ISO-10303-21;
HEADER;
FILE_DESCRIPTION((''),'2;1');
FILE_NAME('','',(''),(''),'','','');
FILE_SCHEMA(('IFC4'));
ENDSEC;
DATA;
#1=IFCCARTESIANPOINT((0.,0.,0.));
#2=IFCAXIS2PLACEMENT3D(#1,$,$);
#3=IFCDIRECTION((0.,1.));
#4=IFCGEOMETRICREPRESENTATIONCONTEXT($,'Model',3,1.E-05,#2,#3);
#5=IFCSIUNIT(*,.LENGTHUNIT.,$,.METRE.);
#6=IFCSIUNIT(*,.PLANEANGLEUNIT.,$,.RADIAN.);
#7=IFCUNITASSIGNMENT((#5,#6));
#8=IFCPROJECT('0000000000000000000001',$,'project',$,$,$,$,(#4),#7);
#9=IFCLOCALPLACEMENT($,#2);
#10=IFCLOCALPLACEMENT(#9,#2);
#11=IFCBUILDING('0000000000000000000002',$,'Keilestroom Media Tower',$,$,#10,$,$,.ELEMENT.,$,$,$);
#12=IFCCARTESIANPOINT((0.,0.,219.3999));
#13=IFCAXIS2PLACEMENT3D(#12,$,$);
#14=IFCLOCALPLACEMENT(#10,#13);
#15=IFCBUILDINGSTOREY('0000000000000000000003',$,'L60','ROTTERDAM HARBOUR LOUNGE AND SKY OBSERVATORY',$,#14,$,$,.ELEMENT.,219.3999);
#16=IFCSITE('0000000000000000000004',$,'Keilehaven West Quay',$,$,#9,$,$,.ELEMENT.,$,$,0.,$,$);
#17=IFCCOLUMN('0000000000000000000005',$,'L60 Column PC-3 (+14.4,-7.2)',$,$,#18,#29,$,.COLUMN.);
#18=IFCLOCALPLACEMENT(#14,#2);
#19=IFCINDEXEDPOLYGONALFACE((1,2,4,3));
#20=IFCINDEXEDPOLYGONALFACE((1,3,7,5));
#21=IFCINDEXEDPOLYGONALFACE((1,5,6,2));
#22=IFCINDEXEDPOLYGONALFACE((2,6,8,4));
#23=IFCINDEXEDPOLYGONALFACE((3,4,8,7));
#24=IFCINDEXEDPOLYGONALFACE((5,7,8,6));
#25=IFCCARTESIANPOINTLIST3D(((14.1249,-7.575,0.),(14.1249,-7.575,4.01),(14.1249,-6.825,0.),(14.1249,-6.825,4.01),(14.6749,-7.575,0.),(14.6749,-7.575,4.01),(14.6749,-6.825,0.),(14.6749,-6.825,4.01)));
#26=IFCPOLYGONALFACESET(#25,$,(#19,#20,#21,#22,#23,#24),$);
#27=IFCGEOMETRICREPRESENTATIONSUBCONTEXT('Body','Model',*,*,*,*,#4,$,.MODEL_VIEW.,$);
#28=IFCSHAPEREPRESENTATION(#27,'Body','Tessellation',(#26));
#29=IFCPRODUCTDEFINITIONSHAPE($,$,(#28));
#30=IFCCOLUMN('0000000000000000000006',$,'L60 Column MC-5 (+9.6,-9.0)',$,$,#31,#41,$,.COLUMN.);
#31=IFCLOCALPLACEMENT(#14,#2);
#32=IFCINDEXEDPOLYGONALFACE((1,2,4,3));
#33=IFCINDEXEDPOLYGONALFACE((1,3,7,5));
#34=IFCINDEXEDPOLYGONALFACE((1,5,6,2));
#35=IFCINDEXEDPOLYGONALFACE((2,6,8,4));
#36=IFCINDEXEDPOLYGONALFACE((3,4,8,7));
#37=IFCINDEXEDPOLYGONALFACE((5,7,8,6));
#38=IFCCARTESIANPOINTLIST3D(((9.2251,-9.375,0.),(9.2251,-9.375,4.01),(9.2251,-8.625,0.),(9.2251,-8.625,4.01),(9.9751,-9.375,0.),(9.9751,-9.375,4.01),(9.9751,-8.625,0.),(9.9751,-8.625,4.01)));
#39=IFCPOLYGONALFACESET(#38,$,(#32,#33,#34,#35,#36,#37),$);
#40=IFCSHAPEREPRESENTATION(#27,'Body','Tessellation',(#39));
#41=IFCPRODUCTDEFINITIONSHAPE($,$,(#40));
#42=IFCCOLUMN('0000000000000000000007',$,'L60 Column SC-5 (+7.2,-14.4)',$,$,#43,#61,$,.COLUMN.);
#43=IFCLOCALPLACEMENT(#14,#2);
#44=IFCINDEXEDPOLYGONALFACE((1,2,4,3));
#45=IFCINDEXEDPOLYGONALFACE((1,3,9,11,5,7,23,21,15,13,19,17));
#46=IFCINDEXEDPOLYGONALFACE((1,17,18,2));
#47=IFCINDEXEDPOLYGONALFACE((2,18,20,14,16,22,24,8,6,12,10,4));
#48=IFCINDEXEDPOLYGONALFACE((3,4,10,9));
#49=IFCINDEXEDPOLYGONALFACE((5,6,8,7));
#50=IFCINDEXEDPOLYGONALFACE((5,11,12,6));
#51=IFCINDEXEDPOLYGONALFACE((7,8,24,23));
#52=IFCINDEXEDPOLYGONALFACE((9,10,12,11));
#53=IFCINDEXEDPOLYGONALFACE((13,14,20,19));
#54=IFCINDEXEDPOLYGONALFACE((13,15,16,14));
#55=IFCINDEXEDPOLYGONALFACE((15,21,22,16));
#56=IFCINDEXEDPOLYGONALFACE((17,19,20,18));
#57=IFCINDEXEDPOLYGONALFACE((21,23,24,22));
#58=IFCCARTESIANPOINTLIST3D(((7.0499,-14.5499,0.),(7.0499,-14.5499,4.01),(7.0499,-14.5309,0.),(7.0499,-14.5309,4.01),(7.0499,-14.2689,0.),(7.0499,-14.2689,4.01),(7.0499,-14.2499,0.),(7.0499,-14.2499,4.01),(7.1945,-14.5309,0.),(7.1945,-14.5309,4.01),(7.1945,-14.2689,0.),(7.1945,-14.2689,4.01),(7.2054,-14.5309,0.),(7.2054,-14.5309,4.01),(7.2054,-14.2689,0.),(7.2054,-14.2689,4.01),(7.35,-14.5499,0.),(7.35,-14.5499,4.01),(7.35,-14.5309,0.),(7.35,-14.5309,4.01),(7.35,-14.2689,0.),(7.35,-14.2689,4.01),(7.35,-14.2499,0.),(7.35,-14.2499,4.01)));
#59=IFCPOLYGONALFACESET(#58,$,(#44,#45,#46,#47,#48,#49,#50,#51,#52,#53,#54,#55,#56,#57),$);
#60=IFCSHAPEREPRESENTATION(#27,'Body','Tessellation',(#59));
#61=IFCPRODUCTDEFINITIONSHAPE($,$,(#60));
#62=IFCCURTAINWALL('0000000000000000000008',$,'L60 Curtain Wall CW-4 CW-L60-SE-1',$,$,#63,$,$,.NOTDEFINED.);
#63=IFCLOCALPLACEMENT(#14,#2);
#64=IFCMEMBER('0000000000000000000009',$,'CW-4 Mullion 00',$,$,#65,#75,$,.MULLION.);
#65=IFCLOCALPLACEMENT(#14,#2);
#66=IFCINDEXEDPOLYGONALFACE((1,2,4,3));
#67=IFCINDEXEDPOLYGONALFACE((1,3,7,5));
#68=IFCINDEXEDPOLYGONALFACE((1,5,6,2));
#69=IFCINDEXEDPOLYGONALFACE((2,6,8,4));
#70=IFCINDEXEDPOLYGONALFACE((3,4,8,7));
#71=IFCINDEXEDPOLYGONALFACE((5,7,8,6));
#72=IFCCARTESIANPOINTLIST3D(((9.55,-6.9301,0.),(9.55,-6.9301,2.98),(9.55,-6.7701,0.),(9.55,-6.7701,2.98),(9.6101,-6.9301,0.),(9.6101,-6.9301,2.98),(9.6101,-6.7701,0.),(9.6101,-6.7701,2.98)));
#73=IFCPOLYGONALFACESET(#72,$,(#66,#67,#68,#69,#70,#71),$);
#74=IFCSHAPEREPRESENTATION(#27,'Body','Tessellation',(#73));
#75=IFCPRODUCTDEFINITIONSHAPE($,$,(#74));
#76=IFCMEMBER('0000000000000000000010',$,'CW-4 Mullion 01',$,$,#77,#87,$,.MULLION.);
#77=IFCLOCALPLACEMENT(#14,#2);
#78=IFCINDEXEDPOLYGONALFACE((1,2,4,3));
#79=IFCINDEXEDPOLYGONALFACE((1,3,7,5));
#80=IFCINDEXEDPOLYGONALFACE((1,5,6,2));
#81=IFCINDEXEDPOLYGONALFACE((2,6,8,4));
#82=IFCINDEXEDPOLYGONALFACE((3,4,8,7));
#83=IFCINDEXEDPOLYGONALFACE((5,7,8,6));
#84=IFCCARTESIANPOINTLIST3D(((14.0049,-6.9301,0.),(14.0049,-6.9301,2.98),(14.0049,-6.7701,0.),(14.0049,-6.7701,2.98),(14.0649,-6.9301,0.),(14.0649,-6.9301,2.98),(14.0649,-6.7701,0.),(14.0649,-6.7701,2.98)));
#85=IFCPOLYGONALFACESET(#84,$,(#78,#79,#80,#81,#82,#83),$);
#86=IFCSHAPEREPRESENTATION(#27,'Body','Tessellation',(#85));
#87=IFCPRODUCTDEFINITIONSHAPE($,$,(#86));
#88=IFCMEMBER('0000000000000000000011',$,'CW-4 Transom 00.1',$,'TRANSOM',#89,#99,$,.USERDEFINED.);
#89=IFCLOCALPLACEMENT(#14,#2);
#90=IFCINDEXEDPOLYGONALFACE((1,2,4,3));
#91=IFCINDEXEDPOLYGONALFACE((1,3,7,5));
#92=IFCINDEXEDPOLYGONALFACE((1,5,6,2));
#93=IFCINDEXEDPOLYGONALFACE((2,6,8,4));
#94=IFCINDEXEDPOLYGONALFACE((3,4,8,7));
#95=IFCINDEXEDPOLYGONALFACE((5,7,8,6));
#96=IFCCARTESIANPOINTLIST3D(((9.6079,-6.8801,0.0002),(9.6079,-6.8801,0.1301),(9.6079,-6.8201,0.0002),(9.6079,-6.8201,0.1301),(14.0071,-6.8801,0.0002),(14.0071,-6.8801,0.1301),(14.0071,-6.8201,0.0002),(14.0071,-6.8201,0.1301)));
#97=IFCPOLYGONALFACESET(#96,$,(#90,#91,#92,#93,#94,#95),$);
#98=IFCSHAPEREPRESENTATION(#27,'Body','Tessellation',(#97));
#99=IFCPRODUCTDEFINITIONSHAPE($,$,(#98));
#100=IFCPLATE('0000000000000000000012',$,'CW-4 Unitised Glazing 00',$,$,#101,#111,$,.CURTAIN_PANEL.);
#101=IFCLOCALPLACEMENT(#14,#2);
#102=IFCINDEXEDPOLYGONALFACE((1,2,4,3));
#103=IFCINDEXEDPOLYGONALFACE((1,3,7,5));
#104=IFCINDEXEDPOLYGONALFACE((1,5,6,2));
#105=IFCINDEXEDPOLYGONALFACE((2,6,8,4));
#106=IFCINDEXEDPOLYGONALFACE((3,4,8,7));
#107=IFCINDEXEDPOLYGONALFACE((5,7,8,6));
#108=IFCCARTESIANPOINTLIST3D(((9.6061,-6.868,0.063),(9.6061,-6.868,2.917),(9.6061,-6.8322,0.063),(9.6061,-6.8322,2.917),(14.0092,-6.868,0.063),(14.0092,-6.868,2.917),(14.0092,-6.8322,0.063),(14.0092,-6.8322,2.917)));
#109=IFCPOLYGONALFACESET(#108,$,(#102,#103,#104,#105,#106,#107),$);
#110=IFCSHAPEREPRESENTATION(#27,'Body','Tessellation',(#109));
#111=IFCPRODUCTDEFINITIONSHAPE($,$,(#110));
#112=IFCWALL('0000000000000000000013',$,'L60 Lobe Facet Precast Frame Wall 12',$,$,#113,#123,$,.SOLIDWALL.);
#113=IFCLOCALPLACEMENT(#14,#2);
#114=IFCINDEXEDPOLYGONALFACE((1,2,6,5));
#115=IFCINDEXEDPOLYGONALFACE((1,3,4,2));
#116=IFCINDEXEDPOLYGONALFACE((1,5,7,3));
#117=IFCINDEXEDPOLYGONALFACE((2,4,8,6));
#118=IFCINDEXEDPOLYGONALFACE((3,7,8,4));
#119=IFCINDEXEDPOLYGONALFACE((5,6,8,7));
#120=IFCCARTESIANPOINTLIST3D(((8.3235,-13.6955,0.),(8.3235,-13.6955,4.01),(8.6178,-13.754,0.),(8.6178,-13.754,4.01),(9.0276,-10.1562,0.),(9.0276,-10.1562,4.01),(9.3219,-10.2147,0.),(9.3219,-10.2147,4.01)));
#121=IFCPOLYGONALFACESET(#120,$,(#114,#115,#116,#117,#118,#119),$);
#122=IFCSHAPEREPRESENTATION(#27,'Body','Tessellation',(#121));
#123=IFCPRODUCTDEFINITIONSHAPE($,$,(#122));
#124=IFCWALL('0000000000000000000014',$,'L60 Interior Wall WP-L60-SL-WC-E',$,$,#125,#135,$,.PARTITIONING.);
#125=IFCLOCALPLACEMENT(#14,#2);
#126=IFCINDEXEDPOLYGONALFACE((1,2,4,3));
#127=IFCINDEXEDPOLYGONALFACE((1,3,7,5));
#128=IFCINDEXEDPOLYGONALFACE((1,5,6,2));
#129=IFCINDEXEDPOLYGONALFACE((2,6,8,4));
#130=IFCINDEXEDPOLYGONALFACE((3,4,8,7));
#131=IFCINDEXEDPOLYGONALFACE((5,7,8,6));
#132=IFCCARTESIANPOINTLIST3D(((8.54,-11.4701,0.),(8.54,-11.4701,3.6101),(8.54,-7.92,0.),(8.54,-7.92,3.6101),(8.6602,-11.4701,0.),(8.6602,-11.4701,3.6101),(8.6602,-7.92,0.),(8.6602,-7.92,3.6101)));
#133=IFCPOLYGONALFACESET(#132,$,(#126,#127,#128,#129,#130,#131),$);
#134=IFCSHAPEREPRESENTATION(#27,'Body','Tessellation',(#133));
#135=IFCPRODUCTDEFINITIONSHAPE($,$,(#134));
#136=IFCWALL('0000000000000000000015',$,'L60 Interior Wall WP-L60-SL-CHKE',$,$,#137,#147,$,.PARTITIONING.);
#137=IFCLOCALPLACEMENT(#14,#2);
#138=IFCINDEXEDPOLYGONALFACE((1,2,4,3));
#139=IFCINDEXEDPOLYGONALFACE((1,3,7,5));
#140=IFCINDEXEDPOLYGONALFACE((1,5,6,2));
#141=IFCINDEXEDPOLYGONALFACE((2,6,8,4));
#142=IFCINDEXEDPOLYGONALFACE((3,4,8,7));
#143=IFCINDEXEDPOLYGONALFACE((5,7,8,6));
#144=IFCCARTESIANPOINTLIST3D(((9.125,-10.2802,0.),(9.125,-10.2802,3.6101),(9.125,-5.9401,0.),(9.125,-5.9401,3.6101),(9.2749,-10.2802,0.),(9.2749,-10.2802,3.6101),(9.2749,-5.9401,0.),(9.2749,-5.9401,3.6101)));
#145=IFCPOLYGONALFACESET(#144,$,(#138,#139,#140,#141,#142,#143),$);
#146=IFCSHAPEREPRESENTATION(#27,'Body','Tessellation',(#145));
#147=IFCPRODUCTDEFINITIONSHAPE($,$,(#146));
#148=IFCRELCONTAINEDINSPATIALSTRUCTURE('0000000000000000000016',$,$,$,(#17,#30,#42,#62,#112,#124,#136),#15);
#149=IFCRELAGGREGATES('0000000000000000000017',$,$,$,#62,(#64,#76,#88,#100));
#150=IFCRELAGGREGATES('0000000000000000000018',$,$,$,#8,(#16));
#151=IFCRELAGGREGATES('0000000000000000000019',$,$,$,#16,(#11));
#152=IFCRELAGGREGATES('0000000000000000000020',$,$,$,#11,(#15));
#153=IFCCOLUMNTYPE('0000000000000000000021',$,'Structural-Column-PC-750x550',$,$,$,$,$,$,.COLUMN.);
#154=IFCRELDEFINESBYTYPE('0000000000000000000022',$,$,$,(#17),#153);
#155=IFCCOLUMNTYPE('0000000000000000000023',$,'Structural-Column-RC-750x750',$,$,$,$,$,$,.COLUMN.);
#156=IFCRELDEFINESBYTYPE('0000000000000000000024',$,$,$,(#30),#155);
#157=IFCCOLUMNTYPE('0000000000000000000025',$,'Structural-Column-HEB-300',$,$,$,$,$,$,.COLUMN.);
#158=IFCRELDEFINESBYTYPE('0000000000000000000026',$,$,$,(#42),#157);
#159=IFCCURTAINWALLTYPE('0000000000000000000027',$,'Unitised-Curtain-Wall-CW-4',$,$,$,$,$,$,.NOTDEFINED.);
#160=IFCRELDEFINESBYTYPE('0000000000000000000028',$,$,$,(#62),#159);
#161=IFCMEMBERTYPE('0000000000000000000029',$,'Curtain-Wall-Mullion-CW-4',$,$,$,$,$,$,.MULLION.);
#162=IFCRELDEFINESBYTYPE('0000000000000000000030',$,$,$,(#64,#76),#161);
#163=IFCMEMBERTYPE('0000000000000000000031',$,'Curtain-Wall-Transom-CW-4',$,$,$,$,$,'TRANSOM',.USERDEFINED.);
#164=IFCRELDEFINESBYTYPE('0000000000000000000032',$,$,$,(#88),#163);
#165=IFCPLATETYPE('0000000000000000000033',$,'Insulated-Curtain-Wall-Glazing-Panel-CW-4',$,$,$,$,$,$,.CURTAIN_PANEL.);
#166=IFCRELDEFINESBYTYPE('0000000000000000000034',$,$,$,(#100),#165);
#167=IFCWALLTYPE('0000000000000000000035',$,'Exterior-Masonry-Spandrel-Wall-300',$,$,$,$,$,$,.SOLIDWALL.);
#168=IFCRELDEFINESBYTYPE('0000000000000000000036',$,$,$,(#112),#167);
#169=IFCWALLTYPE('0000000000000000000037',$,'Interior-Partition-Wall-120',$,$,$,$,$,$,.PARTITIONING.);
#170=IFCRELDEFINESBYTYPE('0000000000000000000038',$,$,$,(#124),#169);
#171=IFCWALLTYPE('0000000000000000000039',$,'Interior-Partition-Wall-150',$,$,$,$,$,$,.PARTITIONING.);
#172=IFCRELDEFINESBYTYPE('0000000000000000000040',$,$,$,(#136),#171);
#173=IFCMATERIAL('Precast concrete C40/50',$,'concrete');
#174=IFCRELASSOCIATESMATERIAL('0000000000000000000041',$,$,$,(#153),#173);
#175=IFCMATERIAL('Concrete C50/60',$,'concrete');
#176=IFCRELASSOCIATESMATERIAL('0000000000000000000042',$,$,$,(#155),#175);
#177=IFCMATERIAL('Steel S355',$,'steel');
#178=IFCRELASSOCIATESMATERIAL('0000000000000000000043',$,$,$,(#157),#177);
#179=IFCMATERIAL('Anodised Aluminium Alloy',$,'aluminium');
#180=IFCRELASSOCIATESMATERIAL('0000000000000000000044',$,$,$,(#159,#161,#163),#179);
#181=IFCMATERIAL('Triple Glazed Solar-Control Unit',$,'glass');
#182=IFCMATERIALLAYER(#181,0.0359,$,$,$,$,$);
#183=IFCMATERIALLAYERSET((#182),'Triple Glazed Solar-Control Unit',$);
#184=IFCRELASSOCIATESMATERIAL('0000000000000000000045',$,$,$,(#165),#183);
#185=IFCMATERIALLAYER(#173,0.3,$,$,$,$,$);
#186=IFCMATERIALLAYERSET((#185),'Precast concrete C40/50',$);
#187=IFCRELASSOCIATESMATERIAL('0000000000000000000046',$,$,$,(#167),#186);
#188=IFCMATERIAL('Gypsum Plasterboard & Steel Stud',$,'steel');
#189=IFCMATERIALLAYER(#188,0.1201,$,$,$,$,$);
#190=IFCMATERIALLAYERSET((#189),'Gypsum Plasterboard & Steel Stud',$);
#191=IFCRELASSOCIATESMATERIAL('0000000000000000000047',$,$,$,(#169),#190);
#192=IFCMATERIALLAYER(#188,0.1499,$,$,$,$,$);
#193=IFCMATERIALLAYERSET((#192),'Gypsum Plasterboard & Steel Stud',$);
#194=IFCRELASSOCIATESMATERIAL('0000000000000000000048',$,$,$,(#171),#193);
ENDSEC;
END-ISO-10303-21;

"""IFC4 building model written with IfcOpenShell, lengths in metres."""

from ifc_helpers import new_model, si_unit, direction, frame, frame_2d, origin, origin_2d, place, context, subcontext, project, spatial, rectangle, i_section, extrude, source, transform, mapped, material, layer, layer_set, material_profile, profile_set, type_object, element, aggregate, save


model = new_model("IFC4")

# Units and contexts
model_context = context("Model", 3, precision=1e-05, world=origin(), true_north=direction((0.0, 1.0)))
body_context = subcontext(model_context, "Body", "Model", "MODEL_VIEW")
ifc_project = project(units=[si_unit("LENGTHUNIT", "METRE"), si_unit("PLANEANGLEUNIT", "RADIAN")], contexts=[model_context])

# Site, building, storey
site_placement = place(None, origin())
site = spatial("IfcSite", under=ifc_project, at=site_placement, Name="Keilehaven West Quay", CompositionType="ELEMENT", RefElevation=0.0)
building_placement = place(site_placement, origin())
building = spatial("IfcBuilding", under=site, at=building_placement, Name="Keilestroom Media Tower", CompositionType="ELEMENT")
storey_placement = place(building_placement, frame((0.0, 0.0, 219.3999)))
storey = spatial("IfcBuildingStorey", under=building, at=storey_placement, Name="L60", Description="ROTTERDAM HARBOUR LOUNGE AND SKY OBSERVATORY", CompositionType="ELEMENT", Elevation=219.3999)

# Columns
ifc_material_1 = material(Name="Precast concrete C40/50", Category="concrete")
ifc_material_profile_1 = material_profile(ifc_material_1, rectangle(XDim=0.55, YDim=0.75, at=origin_2d()), Name="PC 750x550")
ifc_profile_set_1 = profile_set([ifc_material_profile_1], Name="Precast concrete C40/50")
column_type_1 = type_object("IfcColumnType", Name="Structural-Column-PC-750x550", PredefinedType="COLUMN", material=ifc_profile_set_1)
shared_shape_1 = source(origin(), body_context, "Body", "SweptSolid", [
    extrude(rectangle(XDim=0.55, YDim=0.75, at=origin_2d()), origin(), (0.0, 0.0, 1.0), 4.01),
])
column_1_placement = place(storey_placement, frame((14.3999, -7.2, 0.0), z_axis=(0.0, 0.0, 1.0), x_axis=(1.0, 0.0, 0.0)))
element("IfcColumn", 1, at=column_1_placement, inside=storey, type_object=column_type_1, Name="L60 Column PC-3 (+14.4,-7.2)", PredefinedType="COLUMN", context=body_context, shape_type="MappedRepresentation", body=[
    mapped(shared_shape_1, transform((0.0, 0.0, 0.0), x_axis=(1.0, 0.0, 0.0), y_axis=(0.0, 1.0, 0.0), z_axis=(0.0, 0.0, 1.0), scale=1.0)),
])
ifc_material_2 = material(Name="Concrete C50/60", Category="concrete")
ifc_material_profile_2 = material_profile(ifc_material_2, rectangle(XDim=0.75, YDim=0.75, at=origin_2d()), Name="RC 750x750")
ifc_profile_set_2 = profile_set([ifc_material_profile_2], Name="Concrete C50/60")
column_type_2 = type_object("IfcColumnType", Name="Structural-Column-RC-750x750", PredefinedType="COLUMN", material=ifc_profile_set_2)
shared_shape_2 = source(origin(), body_context, "Body", "SweptSolid", [
    extrude(rectangle(XDim=0.75, YDim=0.75, at=origin_2d()), origin(), (0.0, 0.0, 1.0), 4.01),
])
column_2_placement = place(storey_placement, frame((9.6001, -9.0, 0.0), z_axis=(0.0, 0.0, 1.0), x_axis=(1.0, 0.0, 0.0)))
element("IfcColumn", 2, at=column_2_placement, inside=storey, type_object=column_type_2, Name="L60 Column MC-5 (+9.6,-9.0)", PredefinedType="COLUMN", context=body_context, shape_type="MappedRepresentation", body=[
    mapped(shared_shape_2, transform((0.0, 0.0, 0.0), x_axis=(1.0, 0.0, 0.0), y_axis=(0.0, 1.0, 0.0), z_axis=(0.0, 0.0, 1.0), scale=1.0)),
])
ifc_material_3 = material(Name="Steel S355", Category="steel")
ifc_material_profile_3 = material_profile(ifc_material_3, i_section(OverallWidth=0.3, OverallDepth=0.3, WebThickness=0.011, FlangeThickness=0.019, at=origin_2d()), Name="HEB 300")
ifc_profile_set_3 = profile_set([ifc_material_profile_3], Name="Steel S355")
column_type_3 = type_object("IfcColumnType", Name="Structural-Column-HEB-300", PredefinedType="COLUMN", material=ifc_profile_set_3)
shared_shape_3 = source(origin(), body_context, "Body", "SweptSolid", [
    extrude(i_section(OverallWidth=0.3, OverallDepth=0.3, WebThickness=0.011, FlangeThickness=0.019, at=origin_2d()), origin(), (0.0, 0.0, 1.0), 4.01),
])
column_3_placement = place(storey_placement, frame((7.2, -14.3999, 0.0), z_axis=(0.0, 0.0, 1.0), x_axis=(1.0, 0.0, 0.0)))
element("IfcColumn", 3, at=column_3_placement, inside=storey, type_object=column_type_3, Name="L60 Column SC-5 (+7.2,-14.4)", PredefinedType="COLUMN", context=body_context, shape_type="MappedRepresentation", body=[
    mapped(shared_shape_3, transform((0.0, 0.0, 0.0), x_axis=(1.0, 0.0, 0.0), y_axis=(0.0, 1.0, 0.0), z_axis=(0.0, 0.0, 1.0), scale=1.0)),
])

# Curtain wall, members, plate
ifc_material_4 = material(Name="Anodised Aluminium Alloy", Category="aluminium")
curtain_wall_type = type_object("IfcCurtainWallType", Name="Unitised-Curtain-Wall-CW-4", PredefinedType="NOTDEFINED", material=ifc_material_4)
curtain_wall_placement = place(storey_placement, origin())
curtain_wall = element("IfcCurtainWall", 4, at=curtain_wall_placement, inside=storey, type_object=curtain_wall_type, Name="L60 Curtain Wall CW-4 CW-L60-SE-1", PredefinedType="NOTDEFINED")
ifc_material_profile_4 = material_profile(ifc_material_4, rectangle(XDim=0.0601, YDim=0.1599, at=origin_2d()), Name="ALU MULLION 60x160")
ifc_profile_set_4 = profile_set([ifc_material_profile_4], Name="Anodised Aluminium Alloy")
member_type_1 = type_object("IfcMemberType", Name="Curtain-Wall-Mullion-CW-4", PredefinedType="MULLION", material=ifc_profile_set_4)
shared_shape_4 = source(origin(), body_context, "Body", "SweptSolid", [
    extrude(rectangle(XDim=0.0601, YDim=0.1599, at=origin_2d()), origin(), (0.0, 0.0, 1.0), 2.98),
])
member_1_placement = place(storey_placement, frame((9.5801, -6.8501, 0.0), z_axis=(0.0, 0.0, 1.0), x_axis=(1.0, 0.0, 0.0)))
member_1 = element("IfcMember", 5, at=member_1_placement, type_object=member_type_1, Name="CW-4 Mullion 00", PredefinedType="MULLION", context=body_context, shape_type="MappedRepresentation", body=[
    mapped(shared_shape_4, transform((0.0, 0.0, 0.0), x_axis=(1.0, 0.0, 0.0), y_axis=(0.0, 1.0, 0.0), z_axis=(0.0, 0.0, 1.0), scale=1.0)),
])
member_2_placement = place(storey_placement, frame((14.0349, -6.8501, 0.0), z_axis=(0.0, 0.0, 1.0), x_axis=(1.0, 0.0, 0.0)))
member_2 = element("IfcMember", 6, at=member_2_placement, type_object=member_type_1, Name="CW-4 Mullion 01", PredefinedType="MULLION", context=body_context, shape_type="MappedRepresentation", body=[
    mapped(shared_shape_4, transform((0.0, 0.0, 0.0), x_axis=(1.0, 0.0, 0.0), y_axis=(0.0, 1.0, 0.0), z_axis=(0.0, 0.0, 1.0), scale=1.0)),
])
ifc_material_profile_5 = material_profile(ifc_material_4, rectangle(XDim=0.0601, YDim=0.1299, at=origin_2d()), Name="ALU TRANSOM 60x130")
ifc_profile_set_5 = profile_set([ifc_material_profile_5], Name="Anodised Aluminium Alloy")
member_type_2 = type_object("IfcMemberType", Name="Curtain-Wall-Transom-CW-4", ElementType="TRANSOM", PredefinedType="USERDEFINED", material=ifc_profile_set_5)
shared_shape_5 = source(origin(), body_context, "Body", "SweptSolid", [
    extrude(rectangle(XDim=0.0601, YDim=0.1299, at=origin_2d()), origin(), (0.0, 0.0, 1.0), 4.3992),
])
member_3_placement = place(storey_placement, frame((9.6079, -6.8501, 0.0652), z_axis=(1.0, 0.0, 0.0), x_axis=(0.0, 1.0, 0.0)))
member_3 = element("IfcMember", 7, at=member_3_placement, type_object=member_type_2, Name="CW-4 Transom 00.1", ObjectType="TRANSOM", PredefinedType="USERDEFINED", context=body_context, shape_type="MappedRepresentation", body=[
    mapped(shared_shape_5, transform((0.0, 0.0, 0.0), x_axis=(1.0, 0.0, 0.0), y_axis=(0.0, 1.0, 0.0), z_axis=(0.0, 0.0, 1.0), scale=1.0)),
])
ifc_material_5 = material(Name="Triple Glazed Solar-Control Unit", Category="glass")
ifc_layer_1 = layer(ifc_material_5, 0.0359)
ifc_layer_set_1 = layer_set([ifc_layer_1], Name="Triple Glazed Solar-Control Unit")
plate_type = type_object("IfcPlateType", Name="Insulated-Curtain-Wall-Glazing-Panel-CW-4", PredefinedType="CURTAIN_PANEL", material=ifc_layer_set_1)
shared_shape_6 = source(origin(), body_context, "Body", "SweptSolid", [
    extrude(rectangle(XDim=4.4031, YDim=0.0359, at=origin_2d()), origin(), (0.0, 0.0, 1.0), 2.854),
])
plate_placement = place(storey_placement, frame((11.8076, -6.8501, 0.063), z_axis=(0.0, 0.0, 1.0), x_axis=(1.0, 0.0, 0.0)))
plate = element("IfcPlate", 8, at=plate_placement, type_object=plate_type, Name="CW-4 Unitised Glazing 00", PredefinedType="CURTAIN_PANEL", context=body_context, shape_type="MappedRepresentation", body=[
    mapped(shared_shape_6, transform((0.0, 0.0, 0.0), x_axis=(1.0, 0.0, 0.0), y_axis=(0.0, 1.0, 0.0), z_axis=(0.0, 0.0, 1.0), scale=1.0)),
])
aggregate(curtain_wall, [member_1, member_2, member_3, plate])

# Walls
ifc_layer_2 = layer(ifc_material_1, 0.3)
ifc_layer_set_2 = layer_set([ifc_layer_2], Name="Precast concrete C40/50")
wall_type_1 = type_object("IfcWallType", Name="Exterior-Masonry-Spandrel-Wall-300", PredefinedType="SOLIDWALL", material=ifc_layer_set_2)
wall_1_placement = place(storey_placement, frame((8.4707, -13.7246, 0.0), z_axis=(0.0, 0.0, 1.0), x_axis=(0.195114, 0.980781, 0.0)))
element("IfcWall", 9, at=wall_1_placement, inside=storey, type_object=wall_type_1, Name="L60 Lobe Facet Precast Frame Wall 12", PredefinedType="SOLIDWALL", context=body_context, shape_type="SweptSolid", body=[
    extrude(rectangle(XDim=3.6086, YDim=0.3, at=frame_2d((1.8042, 0.0))), origin(), (0.0, 0.0, 1.0), 4.01),
])
ifc_material_6 = material(Name="Gypsum Plasterboard & Steel Stud", Category="steel")
ifc_layer_3 = layer(ifc_material_6, 0.1201)
ifc_layer_set_3 = layer_set([ifc_layer_3], Name="Gypsum Plasterboard & Steel Stud")
wall_type_2 = type_object("IfcWallType", Name="Interior-Partition-Wall-120", PredefinedType="PARTITIONING", material=ifc_layer_set_3)
wall_2_placement = place(storey_placement, frame((8.6001, -11.47, 0.0), z_axis=(0.0, 0.0, 1.0), x_axis=(0.0, 1.0, 0.0)))
element("IfcWall", 10, at=wall_2_placement, inside=storey, type_object=wall_type_2, Name="L60 Interior Wall WP-L60-SL-WC-E", PredefinedType="PARTITIONING", context=body_context, shape_type="SweptSolid", body=[
    extrude(rectangle(XDim=3.55, YDim=0.1201, at=frame_2d((1.7749, 0.0))), origin(), (0.0, 0.0, 1.0), 3.6101),
])
ifc_layer_4 = layer(ifc_material_6, 0.1499)
ifc_layer_set_4 = layer_set([ifc_layer_4], Name="Gypsum Plasterboard & Steel Stud")
wall_type_3 = type_object("IfcWallType", Name="Interior-Partition-Wall-150", PredefinedType="PARTITIONING", material=ifc_layer_set_4)
wall_3_placement = place(storey_placement, frame((9.2, -10.28, 0.0), z_axis=(0.0, 0.0, 1.0), x_axis=(0.0, 1.0, 0.0)))
element("IfcWall", 11, at=wall_3_placement, inside=storey, type_object=wall_type_3, Name="L60 Interior Wall WP-L60-SL-CHKE", PredefinedType="PARTITIONING", context=body_context, shape_type="SweptSolid", body=[
    extrude(rectangle(XDim=4.3401, YDim=0.1499, at=frame_2d((2.1699, 0.0))), origin(), (0.0, 0.0, 1.0), 3.6101),
])

save(model, "model.ifc")
